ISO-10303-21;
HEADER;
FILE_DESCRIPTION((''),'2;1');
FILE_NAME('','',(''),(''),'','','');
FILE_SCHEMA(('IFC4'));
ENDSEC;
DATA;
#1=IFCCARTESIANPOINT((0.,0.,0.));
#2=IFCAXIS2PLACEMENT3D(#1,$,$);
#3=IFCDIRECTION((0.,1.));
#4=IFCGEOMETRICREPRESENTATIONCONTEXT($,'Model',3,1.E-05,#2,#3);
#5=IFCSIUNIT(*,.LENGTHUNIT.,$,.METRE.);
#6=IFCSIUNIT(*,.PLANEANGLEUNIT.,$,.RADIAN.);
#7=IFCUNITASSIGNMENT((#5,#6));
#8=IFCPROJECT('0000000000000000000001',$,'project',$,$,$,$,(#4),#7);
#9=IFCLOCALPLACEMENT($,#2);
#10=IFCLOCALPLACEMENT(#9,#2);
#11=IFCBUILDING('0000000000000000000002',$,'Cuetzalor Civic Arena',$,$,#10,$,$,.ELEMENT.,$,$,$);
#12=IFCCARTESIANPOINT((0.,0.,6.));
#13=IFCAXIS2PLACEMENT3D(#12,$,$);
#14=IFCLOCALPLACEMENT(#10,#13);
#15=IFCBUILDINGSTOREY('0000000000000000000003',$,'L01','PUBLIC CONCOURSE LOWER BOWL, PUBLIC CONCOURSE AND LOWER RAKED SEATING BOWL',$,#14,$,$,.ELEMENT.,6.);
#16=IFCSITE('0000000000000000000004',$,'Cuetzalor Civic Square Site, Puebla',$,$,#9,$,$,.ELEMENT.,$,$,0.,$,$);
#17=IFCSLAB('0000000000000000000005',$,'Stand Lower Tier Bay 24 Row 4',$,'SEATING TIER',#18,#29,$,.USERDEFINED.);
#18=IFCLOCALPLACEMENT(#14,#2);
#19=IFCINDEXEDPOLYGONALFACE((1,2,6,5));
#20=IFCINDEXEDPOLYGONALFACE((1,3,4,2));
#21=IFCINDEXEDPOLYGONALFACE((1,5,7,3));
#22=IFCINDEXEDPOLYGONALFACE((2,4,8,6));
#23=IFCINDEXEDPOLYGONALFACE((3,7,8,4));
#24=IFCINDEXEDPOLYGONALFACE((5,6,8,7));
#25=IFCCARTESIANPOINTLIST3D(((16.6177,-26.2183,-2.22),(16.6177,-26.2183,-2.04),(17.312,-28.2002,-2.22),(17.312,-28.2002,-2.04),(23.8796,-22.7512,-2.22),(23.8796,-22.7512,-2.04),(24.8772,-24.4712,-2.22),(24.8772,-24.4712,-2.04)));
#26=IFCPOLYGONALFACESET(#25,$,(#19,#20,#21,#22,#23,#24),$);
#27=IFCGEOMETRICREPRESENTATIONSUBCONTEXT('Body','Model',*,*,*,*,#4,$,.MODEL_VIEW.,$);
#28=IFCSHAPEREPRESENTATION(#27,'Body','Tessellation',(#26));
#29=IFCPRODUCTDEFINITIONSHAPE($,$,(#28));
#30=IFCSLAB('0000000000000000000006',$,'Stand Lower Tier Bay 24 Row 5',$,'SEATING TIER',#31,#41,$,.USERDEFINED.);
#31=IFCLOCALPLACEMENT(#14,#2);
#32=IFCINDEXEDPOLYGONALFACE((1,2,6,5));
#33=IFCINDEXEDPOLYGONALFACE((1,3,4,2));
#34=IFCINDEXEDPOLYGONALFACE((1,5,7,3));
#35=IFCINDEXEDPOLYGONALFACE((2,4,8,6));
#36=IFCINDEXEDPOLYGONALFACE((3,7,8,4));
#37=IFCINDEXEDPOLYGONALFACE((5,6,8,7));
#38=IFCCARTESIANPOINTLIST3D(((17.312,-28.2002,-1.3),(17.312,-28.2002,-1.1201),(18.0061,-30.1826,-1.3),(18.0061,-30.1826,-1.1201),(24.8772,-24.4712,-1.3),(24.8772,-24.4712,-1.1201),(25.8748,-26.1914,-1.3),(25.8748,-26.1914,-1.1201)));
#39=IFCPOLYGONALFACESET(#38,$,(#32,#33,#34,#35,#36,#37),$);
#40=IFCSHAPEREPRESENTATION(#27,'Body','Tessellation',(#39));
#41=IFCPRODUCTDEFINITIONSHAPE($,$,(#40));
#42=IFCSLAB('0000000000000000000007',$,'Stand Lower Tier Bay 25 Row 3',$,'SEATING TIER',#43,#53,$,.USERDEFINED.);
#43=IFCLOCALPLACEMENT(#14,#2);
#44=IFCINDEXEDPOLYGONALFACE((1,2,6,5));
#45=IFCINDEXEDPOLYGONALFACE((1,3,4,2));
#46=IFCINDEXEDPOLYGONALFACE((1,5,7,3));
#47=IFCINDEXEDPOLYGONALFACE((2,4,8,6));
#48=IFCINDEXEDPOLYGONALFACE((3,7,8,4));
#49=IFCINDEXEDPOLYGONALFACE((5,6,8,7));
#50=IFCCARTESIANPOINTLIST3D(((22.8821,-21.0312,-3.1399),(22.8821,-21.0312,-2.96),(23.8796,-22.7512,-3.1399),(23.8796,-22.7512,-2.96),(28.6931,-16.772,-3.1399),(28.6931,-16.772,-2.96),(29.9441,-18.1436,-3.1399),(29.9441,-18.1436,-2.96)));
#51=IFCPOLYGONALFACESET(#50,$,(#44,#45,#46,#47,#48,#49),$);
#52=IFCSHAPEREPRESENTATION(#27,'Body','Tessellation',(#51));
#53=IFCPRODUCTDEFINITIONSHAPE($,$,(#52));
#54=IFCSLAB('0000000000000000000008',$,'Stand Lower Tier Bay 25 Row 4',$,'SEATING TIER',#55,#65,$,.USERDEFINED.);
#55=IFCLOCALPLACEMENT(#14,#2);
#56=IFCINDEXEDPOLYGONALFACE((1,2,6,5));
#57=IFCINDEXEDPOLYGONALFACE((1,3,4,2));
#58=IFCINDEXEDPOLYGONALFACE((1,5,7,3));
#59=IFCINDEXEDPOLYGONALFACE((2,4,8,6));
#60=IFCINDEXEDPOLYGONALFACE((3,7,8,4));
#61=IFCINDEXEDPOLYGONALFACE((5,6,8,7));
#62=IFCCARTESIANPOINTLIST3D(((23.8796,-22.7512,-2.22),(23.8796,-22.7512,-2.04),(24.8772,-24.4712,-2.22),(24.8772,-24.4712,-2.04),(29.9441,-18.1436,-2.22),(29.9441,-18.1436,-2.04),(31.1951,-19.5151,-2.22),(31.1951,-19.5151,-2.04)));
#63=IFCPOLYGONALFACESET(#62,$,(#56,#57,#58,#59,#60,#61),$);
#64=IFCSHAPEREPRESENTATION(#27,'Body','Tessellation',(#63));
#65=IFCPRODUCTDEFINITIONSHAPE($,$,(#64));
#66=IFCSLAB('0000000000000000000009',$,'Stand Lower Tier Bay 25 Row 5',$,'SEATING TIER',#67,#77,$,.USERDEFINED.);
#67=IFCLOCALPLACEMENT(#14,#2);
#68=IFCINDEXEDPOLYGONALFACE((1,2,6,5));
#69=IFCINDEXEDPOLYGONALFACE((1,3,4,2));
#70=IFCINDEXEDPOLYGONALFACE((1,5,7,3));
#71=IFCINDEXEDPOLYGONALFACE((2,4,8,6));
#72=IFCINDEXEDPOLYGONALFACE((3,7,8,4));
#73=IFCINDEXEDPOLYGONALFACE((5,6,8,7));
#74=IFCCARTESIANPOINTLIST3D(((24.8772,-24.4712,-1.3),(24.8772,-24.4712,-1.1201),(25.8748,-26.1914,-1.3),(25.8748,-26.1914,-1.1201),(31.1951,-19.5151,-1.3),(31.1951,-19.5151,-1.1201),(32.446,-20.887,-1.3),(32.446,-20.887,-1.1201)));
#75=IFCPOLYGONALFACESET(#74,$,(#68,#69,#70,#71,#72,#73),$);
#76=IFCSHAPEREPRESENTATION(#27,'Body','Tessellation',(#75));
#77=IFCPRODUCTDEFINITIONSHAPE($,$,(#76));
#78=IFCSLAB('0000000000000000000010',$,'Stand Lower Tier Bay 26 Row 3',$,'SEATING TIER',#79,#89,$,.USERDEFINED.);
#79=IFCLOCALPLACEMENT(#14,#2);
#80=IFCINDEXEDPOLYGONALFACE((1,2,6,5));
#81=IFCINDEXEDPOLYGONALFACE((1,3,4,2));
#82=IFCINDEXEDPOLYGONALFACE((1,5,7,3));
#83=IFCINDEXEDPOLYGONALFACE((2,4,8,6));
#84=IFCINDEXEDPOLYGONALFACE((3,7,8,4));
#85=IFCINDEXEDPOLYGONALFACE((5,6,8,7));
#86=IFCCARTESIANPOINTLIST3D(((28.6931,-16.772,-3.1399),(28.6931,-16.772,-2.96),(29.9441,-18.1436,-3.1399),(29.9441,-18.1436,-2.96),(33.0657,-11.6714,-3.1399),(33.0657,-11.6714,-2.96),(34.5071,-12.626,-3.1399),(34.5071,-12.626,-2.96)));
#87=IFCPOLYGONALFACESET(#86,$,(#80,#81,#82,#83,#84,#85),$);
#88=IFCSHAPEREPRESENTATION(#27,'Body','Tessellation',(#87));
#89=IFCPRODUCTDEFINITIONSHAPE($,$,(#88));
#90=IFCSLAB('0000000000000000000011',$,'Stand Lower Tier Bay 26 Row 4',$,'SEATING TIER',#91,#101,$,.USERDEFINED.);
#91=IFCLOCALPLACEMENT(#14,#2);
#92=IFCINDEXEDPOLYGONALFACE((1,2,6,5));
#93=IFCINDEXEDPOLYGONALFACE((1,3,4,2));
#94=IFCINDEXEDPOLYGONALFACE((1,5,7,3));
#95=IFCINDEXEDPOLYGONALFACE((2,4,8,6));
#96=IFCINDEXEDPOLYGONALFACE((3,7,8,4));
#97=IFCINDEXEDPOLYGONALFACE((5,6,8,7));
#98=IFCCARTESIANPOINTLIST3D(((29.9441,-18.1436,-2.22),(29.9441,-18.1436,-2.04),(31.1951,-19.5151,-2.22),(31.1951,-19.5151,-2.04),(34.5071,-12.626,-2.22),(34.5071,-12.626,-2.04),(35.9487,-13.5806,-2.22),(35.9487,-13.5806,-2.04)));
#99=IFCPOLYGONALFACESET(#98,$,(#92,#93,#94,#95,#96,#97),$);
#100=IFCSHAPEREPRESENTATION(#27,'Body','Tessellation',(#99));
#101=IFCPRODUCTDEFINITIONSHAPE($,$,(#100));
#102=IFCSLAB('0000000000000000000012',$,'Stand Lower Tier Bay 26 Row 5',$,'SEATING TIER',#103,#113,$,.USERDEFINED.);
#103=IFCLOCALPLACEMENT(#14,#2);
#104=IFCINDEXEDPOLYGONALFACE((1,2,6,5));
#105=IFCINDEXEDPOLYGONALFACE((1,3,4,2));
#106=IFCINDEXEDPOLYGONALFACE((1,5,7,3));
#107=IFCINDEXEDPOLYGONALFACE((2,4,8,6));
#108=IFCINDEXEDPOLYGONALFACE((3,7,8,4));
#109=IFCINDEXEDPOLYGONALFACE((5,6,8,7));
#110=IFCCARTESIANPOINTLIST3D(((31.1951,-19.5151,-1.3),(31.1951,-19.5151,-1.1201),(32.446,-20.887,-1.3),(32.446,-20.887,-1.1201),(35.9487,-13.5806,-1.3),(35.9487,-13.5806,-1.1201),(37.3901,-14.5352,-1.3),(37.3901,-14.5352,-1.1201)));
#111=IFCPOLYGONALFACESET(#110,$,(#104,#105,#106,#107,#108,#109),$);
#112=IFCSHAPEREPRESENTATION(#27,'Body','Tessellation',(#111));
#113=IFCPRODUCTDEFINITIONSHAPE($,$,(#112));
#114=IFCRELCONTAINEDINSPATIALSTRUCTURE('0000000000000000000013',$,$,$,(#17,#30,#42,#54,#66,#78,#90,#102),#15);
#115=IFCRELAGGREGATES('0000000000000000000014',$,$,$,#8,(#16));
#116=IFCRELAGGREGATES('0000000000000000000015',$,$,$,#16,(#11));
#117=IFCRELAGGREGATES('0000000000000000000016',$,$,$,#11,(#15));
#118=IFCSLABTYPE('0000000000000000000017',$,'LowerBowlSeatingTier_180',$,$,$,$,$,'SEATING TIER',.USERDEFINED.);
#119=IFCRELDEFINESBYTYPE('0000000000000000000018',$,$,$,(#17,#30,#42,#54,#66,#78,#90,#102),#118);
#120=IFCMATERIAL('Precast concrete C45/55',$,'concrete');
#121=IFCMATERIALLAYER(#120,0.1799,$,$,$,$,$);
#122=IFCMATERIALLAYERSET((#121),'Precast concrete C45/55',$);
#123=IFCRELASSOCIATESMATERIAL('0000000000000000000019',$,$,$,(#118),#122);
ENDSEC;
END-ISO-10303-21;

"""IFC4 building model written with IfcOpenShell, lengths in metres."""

from ifc_helpers import new_model, si_unit, direction, frame, origin, place, context, subcontext, project, spatial, polyline, outline, extrude, material, layer, layer_set, type_object, element, save


model = new_model("IFC4")

# Units and contexts
model_context = context("Model", 3, precision=1e-05, world=origin(), true_north=direction((0.0, 1.0)))
body_context = subcontext(model_context, "Body", "Model", "MODEL_VIEW")
ifc_project = project(units=[si_unit("LENGTHUNIT", "METRE"), si_unit("PLANEANGLEUNIT", "RADIAN")], contexts=[model_context])

# Site, building, storey
site_placement = place(None, origin())
site = spatial("IfcSite", under=ifc_project, at=site_placement, Name="Cuetzalor Civic Square Site, Puebla", CompositionType="ELEMENT", RefElevation=0.0)
building_placement = place(site_placement, origin())
building = spatial("IfcBuilding", under=site, at=building_placement, Name="Cuetzalor Civic Arena", CompositionType="ELEMENT")
storey_placement = place(building_placement, frame((0.0, 0.0, 6.0)))
storey = spatial("IfcBuildingStorey", under=building, at=storey_placement, Name="L01", Description="PUBLIC CONCOURSE LOWER BOWL, PUBLIC CONCOURSE AND LOWER RAKED SEATING BOWL", CompositionType="ELEMENT", Elevation=6.0)

# Slabs
ifc_material = material(Name="Precast concrete C45/55", Category="concrete")
ifc_layer = layer(ifc_material, 0.1799)
ifc_layer_set = layer_set([ifc_layer], Name="Precast concrete C45/55")
slab_type = type_object("IfcSlabType", Name="LowerBowlSeatingTier_180", ElementType="SEATING TIER", PredefinedType="USERDEFINED", material=ifc_layer_set)
slab_1_placement = place(storey_placement, frame((0.0, 0.0, -2.22)))
element("IfcSlab", 1, at=slab_1_placement, inside=storey, type_object=slab_type, Name="Stand Lower Tier Bay 24 Row 4", ObjectType="SEATING TIER", PredefinedType="USERDEFINED", context=body_context, shape_type="SweptSolid", body=[
    extrude(outline(polyline([(16.6177, -26.2183), (23.8796, -22.7512), (24.8772, -24.4712), (17.312, -28.2002), (16.6177, -26.2183)])), origin(), (0.0, 0.0, 1.0), 0.1799),
])
slab_2_placement = place(storey_placement, frame((0.0, 0.0, -1.3)))
element("IfcSlab", 2, at=slab_2_placement, inside=storey, type_object=slab_type, Name="Stand Lower Tier Bay 24 Row 5", ObjectType="SEATING TIER", PredefinedType="USERDEFINED", context=body_context, shape_type="SweptSolid", body=[
    extrude(outline(polyline([(17.312, -28.2002), (24.8772, -24.4712), (25.8748, -26.1914), (18.0061, -30.1826), (17.312, -28.2002)])), origin(), (0.0, 0.0, 1.0), 0.1799),
])
slab_3_placement = place(storey_placement, frame((0.0, 0.0, -3.1399)))
element("IfcSlab", 3, at=slab_3_placement, inside=storey, type_object=slab_type, Name="Stand Lower Tier Bay 25 Row 3", ObjectType="SEATING TIER", PredefinedType="USERDEFINED", context=body_context, shape_type="SweptSolid", body=[
    extrude(outline(polyline([(22.8821, -21.0312), (28.6931, -16.772), (29.9441, -18.1436), (23.8796, -22.7512), (22.8821, -21.0312)])), origin(), (0.0, 0.0, 1.0), 0.1799),
])
slab_4_placement = place(storey_placement, frame((0.0, 0.0, -2.22)))
element("IfcSlab", 4, at=slab_4_placement, inside=storey, type_object=slab_type, Name="Stand Lower Tier Bay 25 Row 4", ObjectType="SEATING TIER", PredefinedType="USERDEFINED", context=body_context, shape_type="SweptSolid", body=[
    extrude(outline(polyline([(23.8796, -22.7512), (29.9441, -18.1436), (31.1951, -19.5151), (24.8772, -24.4712), (23.8796, -22.7512)])), origin(), (0.0, 0.0, 1.0), 0.1799),
])
slab_5_placement = place(storey_placement, frame((0.0, 0.0, -1.3)))
element("IfcSlab", 5, at=slab_5_placement, inside=storey, type_object=slab_type, Name="Stand Lower Tier Bay 25 Row 5", ObjectType="SEATING TIER", PredefinedType="USERDEFINED", context=body_context, shape_type="SweptSolid", body=[
    extrude(outline(polyline([(24.8772, -24.4712), (31.1951, -19.5151), (32.446, -20.887), (25.8748, -26.1914), (24.8772, -24.4712)])), origin(), (0.0, 0.0, 1.0), 0.1799),
])
slab_6_placement = place(storey_placement, frame((0.0, 0.0, -3.1399)))
element("IfcSlab", 6, at=slab_6_placement, inside=storey, type_object=slab_type, Name="Stand Lower Tier Bay 26 Row 3", ObjectType="SEATING TIER", PredefinedType="USERDEFINED", context=body_context, shape_type="SweptSolid", body=[
    extrude(outline(polyline([(28.6931, -16.772), (33.0657, -11.6714), (34.5071, -12.626), (29.9441, -18.1436), (28.6931, -16.772)])), origin(), (0.0, 0.0, 1.0), 0.1799),
])
slab_7_placement = place(storey_placement, frame((0.0, 0.0, -2.22)))
element("IfcSlab", 7, at=slab_7_placement, inside=storey, type_object=slab_type, Name="Stand Lower Tier Bay 26 Row 4", ObjectType="SEATING TIER", PredefinedType="USERDEFINED", context=body_context, shape_type="SweptSolid", body=[
    extrude(outline(polyline([(29.9441, -18.1436), (34.5071, -12.626), (35.9487, -13.5806), (31.1951, -19.5151), (29.9441, -18.1436)])), origin(), (0.0, 0.0, 1.0), 0.1799),
])
slab_8_placement = place(storey_placement, frame((0.0, 0.0, -1.3)))
element("IfcSlab", 8, at=slab_8_placement, inside=storey, type_object=slab_type, Name="Stand Lower Tier Bay 26 Row 5", ObjectType="SEATING TIER", PredefinedType="USERDEFINED", context=body_context, shape_type="SweptSolid", body=[
    extrude(outline(polyline([(31.1951, -19.5151), (35.9487, -13.5806), (37.3901, -14.5352), (32.446, -20.887), (31.1951, -19.5151)])), origin(), (0.0, 0.0, 1.0), 0.1799),
])

save(model, "model.ifc")
